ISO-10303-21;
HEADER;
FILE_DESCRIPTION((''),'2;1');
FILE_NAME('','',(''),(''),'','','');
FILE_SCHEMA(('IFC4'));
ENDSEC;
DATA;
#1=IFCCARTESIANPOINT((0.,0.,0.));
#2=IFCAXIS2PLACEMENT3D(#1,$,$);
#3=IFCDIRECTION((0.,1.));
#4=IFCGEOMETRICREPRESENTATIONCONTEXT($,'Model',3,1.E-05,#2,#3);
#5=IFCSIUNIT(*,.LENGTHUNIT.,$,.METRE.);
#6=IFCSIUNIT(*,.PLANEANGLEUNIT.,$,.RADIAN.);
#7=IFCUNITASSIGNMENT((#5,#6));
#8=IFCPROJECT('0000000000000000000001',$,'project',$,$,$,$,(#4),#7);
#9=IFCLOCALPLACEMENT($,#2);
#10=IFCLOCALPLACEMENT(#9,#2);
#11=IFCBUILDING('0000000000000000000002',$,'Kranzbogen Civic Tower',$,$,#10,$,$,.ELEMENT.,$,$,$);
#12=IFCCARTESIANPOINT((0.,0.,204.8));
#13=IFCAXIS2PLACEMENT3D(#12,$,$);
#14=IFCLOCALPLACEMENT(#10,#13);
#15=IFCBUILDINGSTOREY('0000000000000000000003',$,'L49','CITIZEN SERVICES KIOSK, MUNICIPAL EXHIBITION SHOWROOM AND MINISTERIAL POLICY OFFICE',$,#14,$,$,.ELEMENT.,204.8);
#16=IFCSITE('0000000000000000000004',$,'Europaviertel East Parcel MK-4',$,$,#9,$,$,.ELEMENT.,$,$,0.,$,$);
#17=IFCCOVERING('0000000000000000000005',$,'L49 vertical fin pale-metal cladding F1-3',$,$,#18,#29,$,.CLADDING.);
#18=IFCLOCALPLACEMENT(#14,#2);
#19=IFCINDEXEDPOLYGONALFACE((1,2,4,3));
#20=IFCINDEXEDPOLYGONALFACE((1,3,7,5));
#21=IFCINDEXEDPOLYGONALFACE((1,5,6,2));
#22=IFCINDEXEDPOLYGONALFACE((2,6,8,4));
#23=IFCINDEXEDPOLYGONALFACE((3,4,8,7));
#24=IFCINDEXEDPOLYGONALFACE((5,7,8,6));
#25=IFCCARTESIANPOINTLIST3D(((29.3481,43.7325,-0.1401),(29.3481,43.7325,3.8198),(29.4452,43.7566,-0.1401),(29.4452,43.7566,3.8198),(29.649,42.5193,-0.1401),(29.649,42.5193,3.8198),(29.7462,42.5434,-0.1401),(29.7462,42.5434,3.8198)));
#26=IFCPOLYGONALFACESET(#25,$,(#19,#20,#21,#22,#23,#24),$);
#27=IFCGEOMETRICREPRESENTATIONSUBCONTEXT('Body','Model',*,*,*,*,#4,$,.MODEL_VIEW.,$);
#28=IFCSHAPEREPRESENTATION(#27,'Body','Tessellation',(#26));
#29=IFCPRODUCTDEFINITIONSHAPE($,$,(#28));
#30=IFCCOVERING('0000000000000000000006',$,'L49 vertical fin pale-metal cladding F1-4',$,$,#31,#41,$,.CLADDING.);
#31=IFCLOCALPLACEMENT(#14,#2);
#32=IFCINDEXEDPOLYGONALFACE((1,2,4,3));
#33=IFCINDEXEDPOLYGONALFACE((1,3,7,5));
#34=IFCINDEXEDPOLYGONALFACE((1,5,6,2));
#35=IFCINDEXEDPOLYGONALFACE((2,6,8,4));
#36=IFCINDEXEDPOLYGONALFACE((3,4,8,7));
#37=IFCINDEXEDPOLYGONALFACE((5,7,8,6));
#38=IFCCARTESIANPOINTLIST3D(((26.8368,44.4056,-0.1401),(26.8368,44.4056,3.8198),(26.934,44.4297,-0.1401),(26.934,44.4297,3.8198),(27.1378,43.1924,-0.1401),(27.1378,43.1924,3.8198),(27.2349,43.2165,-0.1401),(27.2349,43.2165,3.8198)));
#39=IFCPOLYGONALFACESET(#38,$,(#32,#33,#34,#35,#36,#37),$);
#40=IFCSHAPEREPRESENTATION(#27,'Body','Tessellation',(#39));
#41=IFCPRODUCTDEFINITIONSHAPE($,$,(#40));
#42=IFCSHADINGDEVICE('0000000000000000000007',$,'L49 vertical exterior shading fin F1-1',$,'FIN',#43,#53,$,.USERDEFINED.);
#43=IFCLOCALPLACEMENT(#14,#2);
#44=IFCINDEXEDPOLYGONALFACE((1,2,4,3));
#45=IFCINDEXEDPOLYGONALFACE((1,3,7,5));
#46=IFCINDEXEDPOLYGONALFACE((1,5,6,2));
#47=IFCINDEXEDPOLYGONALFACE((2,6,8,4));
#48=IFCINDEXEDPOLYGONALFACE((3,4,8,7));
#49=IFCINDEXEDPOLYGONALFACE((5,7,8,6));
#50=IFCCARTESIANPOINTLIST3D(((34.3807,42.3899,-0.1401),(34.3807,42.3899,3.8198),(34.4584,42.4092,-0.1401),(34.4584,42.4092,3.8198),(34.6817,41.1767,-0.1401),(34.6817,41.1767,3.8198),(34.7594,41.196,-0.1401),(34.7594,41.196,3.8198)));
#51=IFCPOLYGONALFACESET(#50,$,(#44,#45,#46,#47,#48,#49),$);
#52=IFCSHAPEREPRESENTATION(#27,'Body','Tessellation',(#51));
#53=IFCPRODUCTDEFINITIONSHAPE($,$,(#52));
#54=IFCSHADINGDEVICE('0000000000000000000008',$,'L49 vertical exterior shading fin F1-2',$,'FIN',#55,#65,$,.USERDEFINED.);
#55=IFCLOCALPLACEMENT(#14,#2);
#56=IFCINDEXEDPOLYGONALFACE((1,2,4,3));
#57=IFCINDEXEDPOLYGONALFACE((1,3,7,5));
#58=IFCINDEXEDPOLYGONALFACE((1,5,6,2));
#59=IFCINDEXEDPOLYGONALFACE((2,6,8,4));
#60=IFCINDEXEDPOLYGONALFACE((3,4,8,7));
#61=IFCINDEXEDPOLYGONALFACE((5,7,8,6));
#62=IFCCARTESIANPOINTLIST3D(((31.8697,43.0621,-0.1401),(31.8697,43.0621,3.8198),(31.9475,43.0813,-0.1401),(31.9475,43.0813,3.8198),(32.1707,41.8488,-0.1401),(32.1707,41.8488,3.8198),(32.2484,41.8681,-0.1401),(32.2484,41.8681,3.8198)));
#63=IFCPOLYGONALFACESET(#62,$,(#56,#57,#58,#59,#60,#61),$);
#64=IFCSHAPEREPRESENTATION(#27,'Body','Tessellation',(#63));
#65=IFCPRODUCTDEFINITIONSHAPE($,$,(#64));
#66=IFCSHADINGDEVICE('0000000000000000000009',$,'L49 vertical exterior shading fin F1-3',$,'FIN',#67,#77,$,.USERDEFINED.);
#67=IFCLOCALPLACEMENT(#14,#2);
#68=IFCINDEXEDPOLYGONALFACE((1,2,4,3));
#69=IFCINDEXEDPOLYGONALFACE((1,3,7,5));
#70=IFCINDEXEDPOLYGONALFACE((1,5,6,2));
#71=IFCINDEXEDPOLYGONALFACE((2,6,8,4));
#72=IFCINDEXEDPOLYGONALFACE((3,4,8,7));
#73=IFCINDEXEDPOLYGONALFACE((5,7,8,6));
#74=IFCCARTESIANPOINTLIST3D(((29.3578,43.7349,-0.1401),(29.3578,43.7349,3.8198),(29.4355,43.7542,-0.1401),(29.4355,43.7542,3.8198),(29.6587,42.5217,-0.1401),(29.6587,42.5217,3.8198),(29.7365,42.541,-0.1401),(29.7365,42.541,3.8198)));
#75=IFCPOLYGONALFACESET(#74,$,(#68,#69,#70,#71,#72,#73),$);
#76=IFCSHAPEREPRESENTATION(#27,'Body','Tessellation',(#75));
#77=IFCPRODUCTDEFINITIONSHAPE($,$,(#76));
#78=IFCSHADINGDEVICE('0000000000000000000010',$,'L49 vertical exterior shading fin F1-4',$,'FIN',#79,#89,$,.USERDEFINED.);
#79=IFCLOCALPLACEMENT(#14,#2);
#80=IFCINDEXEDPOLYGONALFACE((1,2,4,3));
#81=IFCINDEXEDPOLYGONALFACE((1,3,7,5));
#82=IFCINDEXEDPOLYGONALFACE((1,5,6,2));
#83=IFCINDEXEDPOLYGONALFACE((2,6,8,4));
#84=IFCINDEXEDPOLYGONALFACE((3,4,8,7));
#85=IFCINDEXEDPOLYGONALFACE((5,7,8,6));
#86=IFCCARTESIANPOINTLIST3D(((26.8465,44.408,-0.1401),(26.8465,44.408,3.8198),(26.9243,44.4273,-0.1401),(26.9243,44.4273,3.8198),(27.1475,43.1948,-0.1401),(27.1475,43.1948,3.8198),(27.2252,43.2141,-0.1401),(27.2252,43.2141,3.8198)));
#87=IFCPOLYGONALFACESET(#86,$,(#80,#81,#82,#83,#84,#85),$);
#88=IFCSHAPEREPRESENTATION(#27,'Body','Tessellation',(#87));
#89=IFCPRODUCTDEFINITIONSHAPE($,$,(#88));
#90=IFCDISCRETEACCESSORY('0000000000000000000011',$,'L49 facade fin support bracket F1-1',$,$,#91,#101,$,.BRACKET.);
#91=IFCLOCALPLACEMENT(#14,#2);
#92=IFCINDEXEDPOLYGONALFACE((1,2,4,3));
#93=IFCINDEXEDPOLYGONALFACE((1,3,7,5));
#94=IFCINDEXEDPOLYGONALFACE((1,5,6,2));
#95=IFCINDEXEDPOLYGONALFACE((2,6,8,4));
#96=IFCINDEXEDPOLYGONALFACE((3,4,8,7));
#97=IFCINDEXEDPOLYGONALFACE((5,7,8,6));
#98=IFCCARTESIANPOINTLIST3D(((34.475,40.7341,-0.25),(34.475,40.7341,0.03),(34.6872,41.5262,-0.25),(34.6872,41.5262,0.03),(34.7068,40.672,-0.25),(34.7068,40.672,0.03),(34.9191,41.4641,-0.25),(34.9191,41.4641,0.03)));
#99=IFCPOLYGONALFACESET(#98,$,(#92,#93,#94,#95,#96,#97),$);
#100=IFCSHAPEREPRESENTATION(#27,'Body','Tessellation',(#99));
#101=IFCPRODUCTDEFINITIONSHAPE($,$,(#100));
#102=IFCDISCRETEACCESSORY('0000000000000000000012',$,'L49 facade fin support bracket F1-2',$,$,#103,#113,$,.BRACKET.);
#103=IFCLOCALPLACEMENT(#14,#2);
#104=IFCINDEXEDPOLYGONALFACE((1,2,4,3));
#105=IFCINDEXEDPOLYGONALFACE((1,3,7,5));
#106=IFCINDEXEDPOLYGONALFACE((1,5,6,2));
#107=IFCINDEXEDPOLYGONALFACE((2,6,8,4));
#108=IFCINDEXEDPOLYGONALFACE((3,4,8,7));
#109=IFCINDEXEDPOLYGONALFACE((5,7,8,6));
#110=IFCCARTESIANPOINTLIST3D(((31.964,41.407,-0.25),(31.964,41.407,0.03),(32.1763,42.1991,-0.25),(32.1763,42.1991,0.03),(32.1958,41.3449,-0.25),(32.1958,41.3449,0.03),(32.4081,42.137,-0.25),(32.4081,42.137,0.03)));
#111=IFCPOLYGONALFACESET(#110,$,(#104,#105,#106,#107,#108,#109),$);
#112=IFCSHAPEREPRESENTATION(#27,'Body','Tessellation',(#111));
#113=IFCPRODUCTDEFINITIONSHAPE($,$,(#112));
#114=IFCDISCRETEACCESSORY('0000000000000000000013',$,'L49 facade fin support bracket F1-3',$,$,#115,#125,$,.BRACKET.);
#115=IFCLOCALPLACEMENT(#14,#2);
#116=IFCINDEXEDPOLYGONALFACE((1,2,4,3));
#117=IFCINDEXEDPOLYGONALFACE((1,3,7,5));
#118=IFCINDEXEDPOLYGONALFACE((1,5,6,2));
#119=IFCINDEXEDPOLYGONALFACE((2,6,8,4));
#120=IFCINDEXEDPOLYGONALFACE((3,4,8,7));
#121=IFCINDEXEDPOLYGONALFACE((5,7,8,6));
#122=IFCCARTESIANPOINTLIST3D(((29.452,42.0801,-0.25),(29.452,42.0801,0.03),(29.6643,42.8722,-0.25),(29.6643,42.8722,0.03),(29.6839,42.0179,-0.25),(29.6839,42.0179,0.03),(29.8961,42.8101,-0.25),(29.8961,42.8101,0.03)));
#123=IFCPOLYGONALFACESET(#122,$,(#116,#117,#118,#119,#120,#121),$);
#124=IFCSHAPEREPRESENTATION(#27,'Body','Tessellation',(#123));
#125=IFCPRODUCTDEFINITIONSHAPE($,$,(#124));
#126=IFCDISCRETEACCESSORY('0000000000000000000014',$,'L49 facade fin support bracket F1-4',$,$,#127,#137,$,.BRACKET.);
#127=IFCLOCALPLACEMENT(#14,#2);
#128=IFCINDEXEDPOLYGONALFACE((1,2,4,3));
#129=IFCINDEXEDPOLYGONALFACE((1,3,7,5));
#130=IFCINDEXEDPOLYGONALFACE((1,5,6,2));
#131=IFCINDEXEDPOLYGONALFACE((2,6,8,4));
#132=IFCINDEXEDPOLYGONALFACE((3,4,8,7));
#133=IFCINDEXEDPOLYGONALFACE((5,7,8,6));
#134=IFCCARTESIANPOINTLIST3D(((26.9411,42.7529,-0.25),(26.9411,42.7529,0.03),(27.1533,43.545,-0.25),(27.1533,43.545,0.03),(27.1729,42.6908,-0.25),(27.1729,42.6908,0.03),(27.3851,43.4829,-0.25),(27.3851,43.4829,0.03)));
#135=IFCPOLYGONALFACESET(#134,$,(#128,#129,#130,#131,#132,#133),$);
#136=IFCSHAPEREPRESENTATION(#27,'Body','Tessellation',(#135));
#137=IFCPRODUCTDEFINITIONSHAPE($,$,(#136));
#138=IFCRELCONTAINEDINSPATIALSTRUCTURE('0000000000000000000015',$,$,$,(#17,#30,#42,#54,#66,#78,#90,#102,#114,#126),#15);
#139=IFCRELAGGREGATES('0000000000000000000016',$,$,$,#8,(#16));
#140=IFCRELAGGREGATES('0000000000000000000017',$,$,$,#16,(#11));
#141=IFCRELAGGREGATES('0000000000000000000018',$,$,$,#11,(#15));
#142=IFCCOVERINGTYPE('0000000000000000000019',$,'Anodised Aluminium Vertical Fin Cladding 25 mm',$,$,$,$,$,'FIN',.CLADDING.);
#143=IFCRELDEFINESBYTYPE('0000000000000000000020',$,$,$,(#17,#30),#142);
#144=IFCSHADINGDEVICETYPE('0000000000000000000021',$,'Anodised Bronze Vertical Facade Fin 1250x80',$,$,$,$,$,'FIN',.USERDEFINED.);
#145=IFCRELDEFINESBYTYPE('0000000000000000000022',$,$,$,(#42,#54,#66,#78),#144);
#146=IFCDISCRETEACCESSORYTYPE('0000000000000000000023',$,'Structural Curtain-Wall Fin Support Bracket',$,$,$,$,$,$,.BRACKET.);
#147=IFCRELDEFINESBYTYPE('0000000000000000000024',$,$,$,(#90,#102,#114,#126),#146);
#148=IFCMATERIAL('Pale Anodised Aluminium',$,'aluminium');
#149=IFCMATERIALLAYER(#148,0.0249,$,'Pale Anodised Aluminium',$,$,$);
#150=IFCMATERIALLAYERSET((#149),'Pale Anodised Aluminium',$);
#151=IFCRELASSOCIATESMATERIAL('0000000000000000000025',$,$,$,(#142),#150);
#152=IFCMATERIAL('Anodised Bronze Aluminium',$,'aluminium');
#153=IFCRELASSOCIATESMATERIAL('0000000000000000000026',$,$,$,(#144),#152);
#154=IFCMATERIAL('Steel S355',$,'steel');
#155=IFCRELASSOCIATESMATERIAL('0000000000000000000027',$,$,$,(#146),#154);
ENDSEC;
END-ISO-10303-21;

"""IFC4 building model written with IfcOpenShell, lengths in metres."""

from ifc_helpers import new_model, si_unit, direction, frame, origin, origin_2d, place, context, subcontext, project, spatial, rectangle, extrude, material, layer, layer_set, type_object, element, save


model = new_model("IFC4")

# Units and contexts
model_context = context("Model", 3, precision=1e-05, world=origin(), true_north=direction((0.0, 1.0)))
body_context = subcontext(model_context, "Body", "Model", "MODEL_VIEW")
ifc_project = project(units=[si_unit("LENGTHUNIT", "METRE"), si_unit("PLANEANGLEUNIT", "RADIAN")], contexts=[model_context])

# Site, building, storey
site_placement = place(None, origin())
site = spatial("IfcSite", under=ifc_project, at=site_placement, Name="Europaviertel East Parcel MK-4", CompositionType="ELEMENT", RefElevation=0.0)
building_placement = place(site_placement, origin())
building = spatial("IfcBuilding", under=site, at=building_placement, Name="Kranzbogen Civic Tower", CompositionType="ELEMENT")
storey_placement = place(building_placement, frame((0.0, 0.0, 204.8)))
storey = spatial("IfcBuildingStorey", under=building, at=storey_placement, Name="L49", Description="CITIZEN SERVICES KIOSK, MUNICIPAL EXHIBITION SHOWROOM AND MINISTERIAL POLICY OFFICE", CompositionType="ELEMENT", Elevation=204.8)

# Shared definitions
ifc_material_1 = material(Name="Steel S355", Category="steel")

# Shared definitions
ifc_material_2 = material(Name="Pale Anodised Aluminium", Category="aluminium")

# Coverings
ifc_layer_1 = layer(ifc_material_2, 0.0249, Name="Pale Anodised Aluminium")
ifc_layer_set_1 = layer_set([ifc_layer_1], Name="Pale Anodised Aluminium")
covering_type = type_object("IfcCoveringType", Name="Anodised Aluminium Vertical Fin Cladding 25 mm", ElementType="FIN", PredefinedType="CLADDING", material=ifc_layer_set_1)
for number, where, z_axis, x_axis, name in (
    (1, (29.5471, 43.1379, -0.1401), (0.0, 0.0, 1.0), (-0.24077, 0.970582, 0.0), "L49 vertical fin pale-metal cladding F1-3"),
    (2, (27.0359, 43.811, -0.1401), (0.0, 0.0, 1.0), (-0.24077, 0.970582, 0.0), "L49 vertical fin pale-metal cladding F1-4"),
):
    element("IfcCovering", number, at=place(storey_placement, frame(where, z_axis=z_axis, x_axis=x_axis)), inside=storey, type_object=covering_type, Name=name, PredefinedType="CLADDING", context=body_context, shape_type="SweptSolid", body=[
        extrude(rectangle(XDim=1.25, YDim=0.1001, at=origin_2d()), origin(), (0.0, 0.0, 1.0), 3.96),
    ])

# Shading devices
ifc_material_3 = material(Name="Anodised Bronze Aluminium", Category="aluminium")
shading_device_type = type_object("IfcShadingDeviceType", Name="Anodised Bronze Vertical Facade Fin 1250x80", ElementType="FIN", PredefinedType="USERDEFINED", material=ifc_material_3)
for number, where, z_axis, x_axis, name in (
    (3, (34.5701, 41.793, -0.1401), (0.0, 0.0, 1.0), (-0.24077, 0.970582, 0.0), "L49 vertical exterior shading fin F1-1"),
    (4, (32.0591, 42.4651, -0.1401), (0.0, 0.0, 1.0), (-0.24077, 0.970582, 0.0), "L49 vertical exterior shading fin F1-2"),
    (5, (29.5471, 43.1379, -0.1401), (0.0, 0.0, 1.0), (-0.24077, 0.970582, 0.0), "L49 vertical exterior shading fin F1-3"),
    (6, (27.0359, 43.811, -0.1401), (0.0, 0.0, 1.0), (-0.24077, 0.970582, 0.0), "L49 vertical exterior shading fin F1-4"),
):
    element("IfcShadingDevice", number, at=place(storey_placement, frame(where, z_axis=z_axis, x_axis=x_axis)), inside=storey, type_object=shading_device_type, Name=name, ObjectType="FIN", PredefinedType="USERDEFINED", context=body_context, shape_type="SweptSolid", body=[
        extrude(rectangle(XDim=1.25, YDim=0.0801, at=origin_2d()), origin(), (0.0, 0.0, 1.0), 3.96),
    ])

# Discrete accessories
discrete_accessory_type = type_object("IfcDiscreteAccessoryType", Name="Structural Curtain-Wall Fin Support Bracket", PredefinedType="BRACKET", material=ifc_material_1)
for number, where, z_axis, x_axis, name in (
    (7, (34.697, 41.0991, -0.25), (0.0, 0.0, 1.0), (0.258819, 0.965926, 0.0), "L49 facade fin support bracket F1-1"),
    (8, (32.186, 41.772, -0.25), (0.0, 0.0, 1.0), (0.258819, 0.965926, 0.0), "L49 facade fin support bracket F1-2"),
    (9, (29.6741, 42.4451, -0.25), (0.0, 0.0, 1.0), (0.258819, 0.965926, 0.0), "L49 facade fin support bracket F1-3"),
    (10, (27.1631, 43.1179, -0.25), (0.0, 0.0, 1.0), (0.258819, 0.965926, 0.0), "L49 facade fin support bracket F1-4"),
):
    element("IfcDiscreteAccessory", number, at=place(storey_placement, frame(where, z_axis=z_axis, x_axis=x_axis)), inside=storey, type_object=discrete_accessory_type, Name=name, PredefinedType="BRACKET", context=body_context, shape_type="SweptSolid", body=[
        extrude(rectangle(XDim=0.8201, YDim=0.24, at=origin_2d()), origin(), (0.0, 0.0, 1.0), 0.28),
    ])

save(model, "model.ifc")
